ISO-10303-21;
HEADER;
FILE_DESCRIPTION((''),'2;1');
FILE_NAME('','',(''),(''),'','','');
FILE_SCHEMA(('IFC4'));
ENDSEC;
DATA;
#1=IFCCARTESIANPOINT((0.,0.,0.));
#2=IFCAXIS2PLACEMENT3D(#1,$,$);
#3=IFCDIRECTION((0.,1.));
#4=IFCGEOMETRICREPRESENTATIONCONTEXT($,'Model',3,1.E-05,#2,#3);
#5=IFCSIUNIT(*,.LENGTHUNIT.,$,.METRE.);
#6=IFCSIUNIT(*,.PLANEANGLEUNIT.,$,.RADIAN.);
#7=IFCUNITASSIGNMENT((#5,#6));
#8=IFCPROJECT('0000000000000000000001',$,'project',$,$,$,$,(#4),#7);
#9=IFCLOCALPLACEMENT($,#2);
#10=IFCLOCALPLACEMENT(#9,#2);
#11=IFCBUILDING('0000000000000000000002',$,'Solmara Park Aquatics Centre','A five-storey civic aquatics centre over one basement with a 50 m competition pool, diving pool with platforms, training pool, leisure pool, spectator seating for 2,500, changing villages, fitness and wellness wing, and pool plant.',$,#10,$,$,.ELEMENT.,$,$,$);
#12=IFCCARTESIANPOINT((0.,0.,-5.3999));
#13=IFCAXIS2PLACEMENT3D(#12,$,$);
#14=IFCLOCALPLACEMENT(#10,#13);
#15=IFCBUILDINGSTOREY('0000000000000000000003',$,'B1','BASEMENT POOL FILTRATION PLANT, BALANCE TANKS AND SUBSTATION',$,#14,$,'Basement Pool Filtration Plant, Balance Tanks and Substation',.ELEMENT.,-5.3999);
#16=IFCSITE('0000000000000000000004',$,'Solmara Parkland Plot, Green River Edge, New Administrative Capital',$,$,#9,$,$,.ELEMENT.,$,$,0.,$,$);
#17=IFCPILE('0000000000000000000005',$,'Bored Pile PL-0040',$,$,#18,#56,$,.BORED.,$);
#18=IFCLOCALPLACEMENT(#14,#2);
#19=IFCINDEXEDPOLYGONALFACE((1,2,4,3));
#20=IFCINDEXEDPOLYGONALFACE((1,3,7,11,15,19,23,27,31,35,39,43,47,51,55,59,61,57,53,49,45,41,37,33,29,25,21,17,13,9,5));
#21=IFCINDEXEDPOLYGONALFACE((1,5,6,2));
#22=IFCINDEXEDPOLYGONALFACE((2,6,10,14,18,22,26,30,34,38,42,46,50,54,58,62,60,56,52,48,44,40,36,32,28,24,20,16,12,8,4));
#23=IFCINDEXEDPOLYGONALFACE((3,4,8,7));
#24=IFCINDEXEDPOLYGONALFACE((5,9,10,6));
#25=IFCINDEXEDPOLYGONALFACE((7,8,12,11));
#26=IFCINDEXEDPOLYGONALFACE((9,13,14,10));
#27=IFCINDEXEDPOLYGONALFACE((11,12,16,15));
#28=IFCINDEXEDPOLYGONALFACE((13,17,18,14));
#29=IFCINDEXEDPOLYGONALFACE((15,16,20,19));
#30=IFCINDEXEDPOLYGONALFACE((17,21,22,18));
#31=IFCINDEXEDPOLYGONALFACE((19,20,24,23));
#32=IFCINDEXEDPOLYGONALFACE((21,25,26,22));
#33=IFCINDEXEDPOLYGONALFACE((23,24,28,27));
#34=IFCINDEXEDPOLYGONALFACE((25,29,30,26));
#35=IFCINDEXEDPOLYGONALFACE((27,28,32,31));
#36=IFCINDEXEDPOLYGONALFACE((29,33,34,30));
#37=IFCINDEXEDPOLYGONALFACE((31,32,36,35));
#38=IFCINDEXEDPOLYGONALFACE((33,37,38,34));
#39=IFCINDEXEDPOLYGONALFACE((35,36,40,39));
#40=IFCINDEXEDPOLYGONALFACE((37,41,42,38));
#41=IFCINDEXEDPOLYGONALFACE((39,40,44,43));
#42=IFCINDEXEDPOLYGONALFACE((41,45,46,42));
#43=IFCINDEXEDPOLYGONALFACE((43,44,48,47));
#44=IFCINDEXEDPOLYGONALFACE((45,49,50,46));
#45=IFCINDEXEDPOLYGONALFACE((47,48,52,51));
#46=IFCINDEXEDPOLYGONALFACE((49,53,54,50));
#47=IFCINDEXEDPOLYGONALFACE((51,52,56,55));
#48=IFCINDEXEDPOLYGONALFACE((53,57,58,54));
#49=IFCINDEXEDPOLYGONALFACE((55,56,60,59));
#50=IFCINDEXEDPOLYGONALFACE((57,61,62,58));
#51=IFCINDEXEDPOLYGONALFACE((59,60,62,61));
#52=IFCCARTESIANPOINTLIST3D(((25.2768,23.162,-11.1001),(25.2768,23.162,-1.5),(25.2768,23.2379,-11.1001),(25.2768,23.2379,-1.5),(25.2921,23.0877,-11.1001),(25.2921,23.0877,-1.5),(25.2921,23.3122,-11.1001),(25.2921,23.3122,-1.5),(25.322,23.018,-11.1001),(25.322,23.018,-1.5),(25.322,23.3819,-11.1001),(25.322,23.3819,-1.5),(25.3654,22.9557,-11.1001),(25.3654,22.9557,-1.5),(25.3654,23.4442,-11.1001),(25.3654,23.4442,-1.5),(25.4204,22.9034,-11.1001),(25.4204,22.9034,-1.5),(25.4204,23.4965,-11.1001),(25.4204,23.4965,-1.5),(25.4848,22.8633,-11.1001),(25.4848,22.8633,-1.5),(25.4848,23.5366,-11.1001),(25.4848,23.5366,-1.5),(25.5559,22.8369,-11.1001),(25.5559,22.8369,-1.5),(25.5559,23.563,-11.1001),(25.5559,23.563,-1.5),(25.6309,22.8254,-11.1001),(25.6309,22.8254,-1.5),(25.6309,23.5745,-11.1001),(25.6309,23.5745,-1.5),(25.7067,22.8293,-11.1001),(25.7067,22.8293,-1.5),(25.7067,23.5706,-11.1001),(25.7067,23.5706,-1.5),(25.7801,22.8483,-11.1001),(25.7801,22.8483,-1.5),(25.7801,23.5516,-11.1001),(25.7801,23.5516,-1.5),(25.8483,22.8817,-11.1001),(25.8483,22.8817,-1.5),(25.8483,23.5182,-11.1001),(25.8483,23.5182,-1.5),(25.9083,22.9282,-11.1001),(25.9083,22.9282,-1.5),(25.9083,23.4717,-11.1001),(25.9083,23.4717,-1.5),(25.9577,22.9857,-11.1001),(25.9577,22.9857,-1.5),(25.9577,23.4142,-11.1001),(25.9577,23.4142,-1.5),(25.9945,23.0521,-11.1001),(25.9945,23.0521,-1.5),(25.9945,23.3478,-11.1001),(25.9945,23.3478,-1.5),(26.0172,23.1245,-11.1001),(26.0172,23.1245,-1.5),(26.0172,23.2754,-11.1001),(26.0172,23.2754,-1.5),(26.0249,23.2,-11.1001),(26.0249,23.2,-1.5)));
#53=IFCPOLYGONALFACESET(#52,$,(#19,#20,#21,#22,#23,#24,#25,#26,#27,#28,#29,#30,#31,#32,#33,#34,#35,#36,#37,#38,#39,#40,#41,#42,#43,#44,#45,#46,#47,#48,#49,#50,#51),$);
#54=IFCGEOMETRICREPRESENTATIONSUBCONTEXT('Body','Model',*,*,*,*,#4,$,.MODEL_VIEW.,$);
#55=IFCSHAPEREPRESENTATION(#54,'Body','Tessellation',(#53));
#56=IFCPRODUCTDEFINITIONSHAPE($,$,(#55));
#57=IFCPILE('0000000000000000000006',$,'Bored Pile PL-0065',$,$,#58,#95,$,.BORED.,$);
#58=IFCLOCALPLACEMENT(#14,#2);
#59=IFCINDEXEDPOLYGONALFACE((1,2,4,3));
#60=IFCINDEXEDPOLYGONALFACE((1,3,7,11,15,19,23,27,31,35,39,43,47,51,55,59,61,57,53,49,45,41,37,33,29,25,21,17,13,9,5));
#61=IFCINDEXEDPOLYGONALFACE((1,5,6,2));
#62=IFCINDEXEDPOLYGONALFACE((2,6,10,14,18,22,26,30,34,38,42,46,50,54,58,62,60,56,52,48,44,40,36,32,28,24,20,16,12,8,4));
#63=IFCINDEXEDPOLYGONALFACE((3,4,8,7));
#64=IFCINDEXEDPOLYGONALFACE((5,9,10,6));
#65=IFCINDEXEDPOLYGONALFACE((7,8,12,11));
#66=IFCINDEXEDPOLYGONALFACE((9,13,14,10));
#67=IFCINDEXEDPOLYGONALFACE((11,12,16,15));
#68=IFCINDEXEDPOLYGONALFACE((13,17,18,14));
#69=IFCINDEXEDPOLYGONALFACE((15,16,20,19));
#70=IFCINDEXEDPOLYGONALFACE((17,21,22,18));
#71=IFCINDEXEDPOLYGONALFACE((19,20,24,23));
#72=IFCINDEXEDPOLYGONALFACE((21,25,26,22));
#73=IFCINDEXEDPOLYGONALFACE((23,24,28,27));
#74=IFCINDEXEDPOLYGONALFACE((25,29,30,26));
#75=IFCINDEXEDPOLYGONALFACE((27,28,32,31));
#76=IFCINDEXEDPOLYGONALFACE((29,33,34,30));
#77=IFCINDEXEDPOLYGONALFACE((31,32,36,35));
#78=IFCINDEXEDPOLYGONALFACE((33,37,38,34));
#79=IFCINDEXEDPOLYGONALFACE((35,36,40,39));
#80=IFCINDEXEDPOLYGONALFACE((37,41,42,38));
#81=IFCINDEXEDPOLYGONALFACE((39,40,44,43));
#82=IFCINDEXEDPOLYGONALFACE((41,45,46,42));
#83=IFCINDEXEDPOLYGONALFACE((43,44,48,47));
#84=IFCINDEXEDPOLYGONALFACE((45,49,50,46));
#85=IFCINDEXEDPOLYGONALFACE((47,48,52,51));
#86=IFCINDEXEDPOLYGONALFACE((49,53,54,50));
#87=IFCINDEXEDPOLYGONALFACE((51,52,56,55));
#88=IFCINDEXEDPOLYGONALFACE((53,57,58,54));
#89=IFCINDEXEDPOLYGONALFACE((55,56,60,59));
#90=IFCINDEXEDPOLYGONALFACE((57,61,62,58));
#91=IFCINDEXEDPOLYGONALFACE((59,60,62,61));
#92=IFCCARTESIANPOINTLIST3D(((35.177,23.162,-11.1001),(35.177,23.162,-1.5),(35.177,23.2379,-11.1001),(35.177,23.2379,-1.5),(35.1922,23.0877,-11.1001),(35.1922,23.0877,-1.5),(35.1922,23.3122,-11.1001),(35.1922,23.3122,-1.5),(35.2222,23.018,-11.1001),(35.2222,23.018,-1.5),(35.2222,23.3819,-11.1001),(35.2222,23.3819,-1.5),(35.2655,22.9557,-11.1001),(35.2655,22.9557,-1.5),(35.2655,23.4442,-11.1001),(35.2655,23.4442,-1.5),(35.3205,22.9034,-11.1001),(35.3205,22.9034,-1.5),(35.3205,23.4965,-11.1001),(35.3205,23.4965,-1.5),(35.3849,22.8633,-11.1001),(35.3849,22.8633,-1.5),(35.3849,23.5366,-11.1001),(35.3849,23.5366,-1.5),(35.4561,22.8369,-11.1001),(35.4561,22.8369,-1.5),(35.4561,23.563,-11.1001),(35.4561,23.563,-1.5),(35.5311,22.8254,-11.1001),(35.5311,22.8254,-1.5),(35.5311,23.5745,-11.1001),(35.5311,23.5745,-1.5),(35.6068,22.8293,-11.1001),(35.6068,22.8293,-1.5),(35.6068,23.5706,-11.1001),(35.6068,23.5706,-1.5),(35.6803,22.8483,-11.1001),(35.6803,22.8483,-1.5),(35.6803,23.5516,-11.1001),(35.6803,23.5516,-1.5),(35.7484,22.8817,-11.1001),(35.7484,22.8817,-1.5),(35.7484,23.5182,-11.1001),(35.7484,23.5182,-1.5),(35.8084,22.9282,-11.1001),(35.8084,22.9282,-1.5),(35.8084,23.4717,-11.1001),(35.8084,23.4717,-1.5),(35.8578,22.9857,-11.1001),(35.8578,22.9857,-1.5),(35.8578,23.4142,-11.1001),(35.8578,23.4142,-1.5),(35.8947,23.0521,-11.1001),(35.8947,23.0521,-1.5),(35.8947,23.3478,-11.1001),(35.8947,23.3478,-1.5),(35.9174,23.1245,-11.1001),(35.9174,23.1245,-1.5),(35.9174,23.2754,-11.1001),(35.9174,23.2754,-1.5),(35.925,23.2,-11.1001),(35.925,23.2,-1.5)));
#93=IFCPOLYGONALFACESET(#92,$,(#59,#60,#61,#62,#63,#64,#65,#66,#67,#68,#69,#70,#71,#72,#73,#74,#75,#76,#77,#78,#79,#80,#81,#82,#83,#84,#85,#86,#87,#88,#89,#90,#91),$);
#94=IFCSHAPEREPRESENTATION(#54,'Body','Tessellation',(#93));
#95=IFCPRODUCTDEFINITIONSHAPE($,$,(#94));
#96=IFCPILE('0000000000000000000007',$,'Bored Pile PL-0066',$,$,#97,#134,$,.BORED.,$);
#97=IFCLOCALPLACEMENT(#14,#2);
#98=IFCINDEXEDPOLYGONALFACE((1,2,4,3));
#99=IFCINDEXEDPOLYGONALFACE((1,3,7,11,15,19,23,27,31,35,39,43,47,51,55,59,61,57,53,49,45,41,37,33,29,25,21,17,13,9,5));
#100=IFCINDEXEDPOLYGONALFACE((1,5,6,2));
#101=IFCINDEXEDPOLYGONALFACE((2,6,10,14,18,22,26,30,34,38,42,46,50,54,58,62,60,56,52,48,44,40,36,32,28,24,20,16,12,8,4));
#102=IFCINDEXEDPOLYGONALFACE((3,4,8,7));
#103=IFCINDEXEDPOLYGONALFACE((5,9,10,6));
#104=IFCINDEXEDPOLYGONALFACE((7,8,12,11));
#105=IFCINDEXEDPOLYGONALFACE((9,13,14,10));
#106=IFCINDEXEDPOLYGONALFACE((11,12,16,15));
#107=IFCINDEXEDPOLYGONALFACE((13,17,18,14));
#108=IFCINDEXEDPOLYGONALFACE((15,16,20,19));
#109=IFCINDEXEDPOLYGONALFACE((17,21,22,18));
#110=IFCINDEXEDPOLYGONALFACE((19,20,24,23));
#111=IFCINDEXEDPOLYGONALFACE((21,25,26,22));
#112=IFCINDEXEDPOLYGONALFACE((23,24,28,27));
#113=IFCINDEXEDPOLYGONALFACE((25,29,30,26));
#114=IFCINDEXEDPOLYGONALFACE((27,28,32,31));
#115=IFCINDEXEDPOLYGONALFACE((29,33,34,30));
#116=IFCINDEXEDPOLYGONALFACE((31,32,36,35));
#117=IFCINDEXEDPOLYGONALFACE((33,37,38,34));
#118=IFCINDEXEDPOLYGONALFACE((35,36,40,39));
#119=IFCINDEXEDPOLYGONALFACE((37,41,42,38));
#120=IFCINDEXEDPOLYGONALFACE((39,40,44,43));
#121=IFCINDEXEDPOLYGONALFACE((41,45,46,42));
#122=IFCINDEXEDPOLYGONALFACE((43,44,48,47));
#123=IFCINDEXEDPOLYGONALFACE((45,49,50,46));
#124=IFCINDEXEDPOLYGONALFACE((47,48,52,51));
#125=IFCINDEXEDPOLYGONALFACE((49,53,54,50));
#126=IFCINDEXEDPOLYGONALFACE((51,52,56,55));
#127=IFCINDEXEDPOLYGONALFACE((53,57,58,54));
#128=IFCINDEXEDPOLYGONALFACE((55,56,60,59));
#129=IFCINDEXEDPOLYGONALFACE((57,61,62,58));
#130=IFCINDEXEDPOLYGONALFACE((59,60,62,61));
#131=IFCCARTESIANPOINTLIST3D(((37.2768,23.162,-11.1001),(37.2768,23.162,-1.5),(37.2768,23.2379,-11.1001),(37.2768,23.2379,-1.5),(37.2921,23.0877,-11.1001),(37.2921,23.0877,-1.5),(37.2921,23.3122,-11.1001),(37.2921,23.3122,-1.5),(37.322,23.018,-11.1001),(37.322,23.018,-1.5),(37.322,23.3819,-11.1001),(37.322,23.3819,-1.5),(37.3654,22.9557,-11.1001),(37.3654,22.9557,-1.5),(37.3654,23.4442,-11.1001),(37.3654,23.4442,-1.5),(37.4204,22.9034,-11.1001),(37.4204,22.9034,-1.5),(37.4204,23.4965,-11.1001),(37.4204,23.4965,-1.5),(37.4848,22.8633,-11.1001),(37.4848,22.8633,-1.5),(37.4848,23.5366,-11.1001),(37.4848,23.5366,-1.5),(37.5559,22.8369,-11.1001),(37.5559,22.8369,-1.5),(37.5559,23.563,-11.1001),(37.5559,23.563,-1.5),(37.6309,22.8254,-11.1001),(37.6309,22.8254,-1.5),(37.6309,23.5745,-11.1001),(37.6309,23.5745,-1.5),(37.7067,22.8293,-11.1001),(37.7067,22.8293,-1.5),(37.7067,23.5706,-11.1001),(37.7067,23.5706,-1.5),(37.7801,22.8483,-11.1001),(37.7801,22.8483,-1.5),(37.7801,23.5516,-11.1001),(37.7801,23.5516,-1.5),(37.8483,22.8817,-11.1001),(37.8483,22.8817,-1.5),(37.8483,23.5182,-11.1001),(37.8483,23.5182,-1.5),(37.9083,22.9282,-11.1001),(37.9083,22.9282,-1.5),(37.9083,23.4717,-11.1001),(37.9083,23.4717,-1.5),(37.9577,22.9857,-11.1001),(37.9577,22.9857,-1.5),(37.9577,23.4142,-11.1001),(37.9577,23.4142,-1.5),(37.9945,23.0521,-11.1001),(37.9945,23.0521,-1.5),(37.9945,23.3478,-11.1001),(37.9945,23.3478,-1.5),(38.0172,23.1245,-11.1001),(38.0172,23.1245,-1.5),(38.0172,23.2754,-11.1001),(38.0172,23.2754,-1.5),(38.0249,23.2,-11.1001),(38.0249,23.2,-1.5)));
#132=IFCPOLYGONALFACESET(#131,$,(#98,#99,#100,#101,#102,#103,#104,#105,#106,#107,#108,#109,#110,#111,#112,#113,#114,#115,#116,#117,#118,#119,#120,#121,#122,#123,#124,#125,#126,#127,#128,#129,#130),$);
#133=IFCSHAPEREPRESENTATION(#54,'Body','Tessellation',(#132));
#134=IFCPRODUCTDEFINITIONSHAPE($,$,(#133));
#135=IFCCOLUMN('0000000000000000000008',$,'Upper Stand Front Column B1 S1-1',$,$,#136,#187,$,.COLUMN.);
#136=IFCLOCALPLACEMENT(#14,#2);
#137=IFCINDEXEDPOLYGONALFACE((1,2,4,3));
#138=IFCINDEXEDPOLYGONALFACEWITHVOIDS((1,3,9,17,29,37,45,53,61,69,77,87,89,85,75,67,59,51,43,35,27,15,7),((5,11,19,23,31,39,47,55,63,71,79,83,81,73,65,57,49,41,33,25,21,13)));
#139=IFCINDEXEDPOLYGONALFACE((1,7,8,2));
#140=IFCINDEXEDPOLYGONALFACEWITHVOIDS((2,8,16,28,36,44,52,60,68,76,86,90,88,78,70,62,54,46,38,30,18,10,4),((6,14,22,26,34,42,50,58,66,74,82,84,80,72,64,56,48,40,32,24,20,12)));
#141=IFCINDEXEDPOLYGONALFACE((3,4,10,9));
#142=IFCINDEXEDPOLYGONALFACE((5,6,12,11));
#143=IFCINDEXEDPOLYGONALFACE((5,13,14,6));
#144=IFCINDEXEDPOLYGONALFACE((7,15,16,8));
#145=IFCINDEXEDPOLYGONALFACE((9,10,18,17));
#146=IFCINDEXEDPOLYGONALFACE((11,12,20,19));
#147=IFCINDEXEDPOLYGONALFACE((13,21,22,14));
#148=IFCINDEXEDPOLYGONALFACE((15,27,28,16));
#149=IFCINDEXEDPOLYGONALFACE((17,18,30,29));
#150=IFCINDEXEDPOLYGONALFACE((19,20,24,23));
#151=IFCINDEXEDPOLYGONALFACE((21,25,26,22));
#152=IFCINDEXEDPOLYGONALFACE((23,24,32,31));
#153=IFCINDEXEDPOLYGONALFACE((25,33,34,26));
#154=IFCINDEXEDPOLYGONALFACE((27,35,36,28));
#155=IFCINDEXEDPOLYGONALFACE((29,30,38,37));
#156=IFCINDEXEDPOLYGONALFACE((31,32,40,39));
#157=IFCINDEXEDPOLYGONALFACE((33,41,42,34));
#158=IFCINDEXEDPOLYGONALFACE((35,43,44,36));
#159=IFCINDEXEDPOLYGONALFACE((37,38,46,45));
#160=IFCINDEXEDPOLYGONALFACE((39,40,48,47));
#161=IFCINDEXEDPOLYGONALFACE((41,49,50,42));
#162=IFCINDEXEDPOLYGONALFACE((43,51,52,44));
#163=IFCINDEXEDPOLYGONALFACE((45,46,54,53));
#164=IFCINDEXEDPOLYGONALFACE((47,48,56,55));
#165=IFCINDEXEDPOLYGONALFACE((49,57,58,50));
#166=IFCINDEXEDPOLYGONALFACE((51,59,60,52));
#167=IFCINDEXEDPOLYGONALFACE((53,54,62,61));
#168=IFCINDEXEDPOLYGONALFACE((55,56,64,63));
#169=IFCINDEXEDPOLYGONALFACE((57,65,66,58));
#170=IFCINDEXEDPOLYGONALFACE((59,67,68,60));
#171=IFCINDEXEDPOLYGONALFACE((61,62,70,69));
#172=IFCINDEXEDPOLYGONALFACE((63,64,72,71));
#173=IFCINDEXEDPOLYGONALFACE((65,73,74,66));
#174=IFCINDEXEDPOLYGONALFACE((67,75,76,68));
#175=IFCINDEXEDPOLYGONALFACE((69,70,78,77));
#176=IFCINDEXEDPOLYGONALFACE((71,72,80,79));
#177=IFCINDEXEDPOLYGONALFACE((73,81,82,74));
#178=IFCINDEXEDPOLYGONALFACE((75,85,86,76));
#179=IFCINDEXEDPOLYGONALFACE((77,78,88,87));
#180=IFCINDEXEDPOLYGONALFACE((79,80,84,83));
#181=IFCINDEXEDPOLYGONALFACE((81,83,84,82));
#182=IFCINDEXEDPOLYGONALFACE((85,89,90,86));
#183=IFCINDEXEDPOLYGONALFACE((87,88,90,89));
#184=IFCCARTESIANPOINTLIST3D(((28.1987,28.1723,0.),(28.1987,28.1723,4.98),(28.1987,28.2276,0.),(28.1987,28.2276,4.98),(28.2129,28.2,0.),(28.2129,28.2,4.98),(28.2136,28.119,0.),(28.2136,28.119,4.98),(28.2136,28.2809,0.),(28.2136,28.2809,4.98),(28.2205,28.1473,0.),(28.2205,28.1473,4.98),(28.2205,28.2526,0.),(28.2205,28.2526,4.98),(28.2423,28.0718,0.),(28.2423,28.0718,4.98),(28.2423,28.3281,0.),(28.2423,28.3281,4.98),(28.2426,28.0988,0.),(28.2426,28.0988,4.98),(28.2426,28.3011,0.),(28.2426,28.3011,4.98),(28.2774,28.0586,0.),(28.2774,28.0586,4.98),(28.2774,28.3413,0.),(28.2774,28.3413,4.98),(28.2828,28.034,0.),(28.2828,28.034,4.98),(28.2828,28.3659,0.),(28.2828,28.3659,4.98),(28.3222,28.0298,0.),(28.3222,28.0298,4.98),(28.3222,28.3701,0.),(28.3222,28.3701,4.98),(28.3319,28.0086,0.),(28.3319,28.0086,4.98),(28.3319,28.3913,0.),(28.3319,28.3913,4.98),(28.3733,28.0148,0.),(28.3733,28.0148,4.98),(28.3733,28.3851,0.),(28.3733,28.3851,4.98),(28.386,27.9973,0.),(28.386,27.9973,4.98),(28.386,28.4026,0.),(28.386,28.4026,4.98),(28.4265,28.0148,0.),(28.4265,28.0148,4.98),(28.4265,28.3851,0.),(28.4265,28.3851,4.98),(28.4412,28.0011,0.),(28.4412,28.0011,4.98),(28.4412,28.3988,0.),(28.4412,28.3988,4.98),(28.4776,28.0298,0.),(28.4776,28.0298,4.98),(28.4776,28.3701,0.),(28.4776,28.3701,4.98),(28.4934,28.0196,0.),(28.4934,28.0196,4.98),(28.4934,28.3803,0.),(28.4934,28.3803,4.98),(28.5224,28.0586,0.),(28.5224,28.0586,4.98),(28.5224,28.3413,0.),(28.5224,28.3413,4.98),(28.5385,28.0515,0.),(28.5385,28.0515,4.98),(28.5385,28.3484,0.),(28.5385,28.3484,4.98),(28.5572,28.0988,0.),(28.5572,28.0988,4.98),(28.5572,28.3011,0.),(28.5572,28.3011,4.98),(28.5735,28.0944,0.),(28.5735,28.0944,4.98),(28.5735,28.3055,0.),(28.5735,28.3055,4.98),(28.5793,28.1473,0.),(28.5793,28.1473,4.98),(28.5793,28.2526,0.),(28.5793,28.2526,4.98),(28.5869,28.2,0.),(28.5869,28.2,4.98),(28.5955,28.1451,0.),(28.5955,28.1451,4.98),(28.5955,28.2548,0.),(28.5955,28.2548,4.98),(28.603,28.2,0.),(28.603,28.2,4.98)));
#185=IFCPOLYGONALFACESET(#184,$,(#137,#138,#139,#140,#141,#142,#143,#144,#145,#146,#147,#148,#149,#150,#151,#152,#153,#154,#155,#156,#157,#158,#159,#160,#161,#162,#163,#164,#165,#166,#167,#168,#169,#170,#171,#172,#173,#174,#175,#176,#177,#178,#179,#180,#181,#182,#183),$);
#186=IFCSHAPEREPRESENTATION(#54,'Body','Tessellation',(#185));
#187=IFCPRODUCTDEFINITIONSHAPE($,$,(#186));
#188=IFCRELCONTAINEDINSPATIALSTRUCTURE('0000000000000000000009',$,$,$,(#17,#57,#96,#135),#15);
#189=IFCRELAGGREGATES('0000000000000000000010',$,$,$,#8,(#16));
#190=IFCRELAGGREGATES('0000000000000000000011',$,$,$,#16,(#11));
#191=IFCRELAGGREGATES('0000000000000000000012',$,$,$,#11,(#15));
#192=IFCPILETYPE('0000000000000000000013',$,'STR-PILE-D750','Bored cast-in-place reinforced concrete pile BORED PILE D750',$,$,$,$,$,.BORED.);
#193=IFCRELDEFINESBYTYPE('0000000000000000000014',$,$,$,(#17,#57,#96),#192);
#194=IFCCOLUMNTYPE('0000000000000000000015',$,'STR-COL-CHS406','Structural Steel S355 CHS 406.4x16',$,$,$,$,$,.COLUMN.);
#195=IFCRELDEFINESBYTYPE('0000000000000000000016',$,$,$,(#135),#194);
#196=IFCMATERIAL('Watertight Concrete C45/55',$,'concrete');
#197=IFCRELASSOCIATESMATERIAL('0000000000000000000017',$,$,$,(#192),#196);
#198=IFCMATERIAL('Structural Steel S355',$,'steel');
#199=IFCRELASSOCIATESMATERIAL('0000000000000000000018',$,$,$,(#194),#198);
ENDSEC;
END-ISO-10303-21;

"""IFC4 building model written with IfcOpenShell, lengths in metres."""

from ifc_helpers import new_model, si_unit, direction, frame, origin, origin_2d, place, context, subcontext, project, spatial, circle, hollow_circle, extrude, material, material_profile, profile_set, type_object, element, save


model = new_model("IFC4")

# Units and contexts
model_context = context("Model", 3, precision=1e-05, world=origin(), true_north=direction((0.0, 1.0)))
body_context = subcontext(model_context, "Body", "Model", "MODEL_VIEW")
ifc_project = project(units=[si_unit("LENGTHUNIT", "METRE"), si_unit("PLANEANGLEUNIT", "RADIAN")], contexts=[model_context])

# Site, building, storey
site_placement = place(None, origin())
site = spatial("IfcSite", under=ifc_project, at=site_placement, Name="Solmara Parkland Plot, Green River Edge, New Administrative Capital", CompositionType="ELEMENT", RefElevation=0.0)
building_placement = place(site_placement, origin())
building = spatial("IfcBuilding", under=site, at=building_placement, Name="Solmara Park Aquatics Centre", Description="A five-storey civic aquatics centre over one basement with a 50 m competition pool, diving pool with platforms, training pool, leisure pool, spectator seating for 2,500, changing villages, fitness and wellness wing, and pool plant.", CompositionType="ELEMENT")
storey_placement = place(building_placement, frame((0.0, 0.0, -5.3999)))
storey = spatial("IfcBuildingStorey", under=building, at=storey_placement, Name="B1", Description="BASEMENT POOL FILTRATION PLANT, BALANCE TANKS AND SUBSTATION", LongName="Basement Pool Filtration Plant, Balance Tanks and Substation", CompositionType="ELEMENT", Elevation=-5.3999)

# Shared definitions
ifc_material_1 = material(Name="Watertight Concrete C45/55", Category="concrete")

# Piles
ifc_material_profile_1 = material_profile(ifc_material_1, circle(Radius=0.375, at=origin_2d()), Name="BORED PILE D750")
ifc_profile_set_1 = profile_set([ifc_material_profile_1], Name="Watertight Concrete C45/55")
pile_type_1 = type_object("IfcPileType", Name="STR-PILE-D750", Description="Bored cast-in-place reinforced concrete pile BORED PILE D750", PredefinedType="BORED", material=ifc_profile_set_1)
for number, where, z_axis, x_axis, name in (
    (1, (25.6499, 23.2, -1.5), (0.0, 0.0, -1.0), (1.0, 0.0, 0.0), "Bored Pile PL-0040"),
    (2, (35.55, 23.2, -1.5), (0.0, 0.0, -1.0), (1.0, 0.0, 0.0), "Bored Pile PL-0065"),
    (3, (37.6499, 23.2, -1.5), (0.0, 0.0, -1.0), (1.0, 0.0, 0.0), "Bored Pile PL-0066"),
):
    element("IfcPile", number, at=place(storey_placement, frame(where, z_axis=z_axis, x_axis=x_axis)), inside=storey, type_object=pile_type_1, Name=name, PredefinedType="BORED", context=body_context, shape_type="SweptSolid", body=[
        extrude(circle(Radius=0.375, at=origin_2d()), origin(), (0.0, 0.0, 1.0), 9.6001),
    ])

# Column
ifc_material_2 = material(Name="Structural Steel S355", Category="steel")
ifc_material_profile_2 = material_profile(ifc_material_2, hollow_circle(Radius=0.2031, WallThickness=0.0161, at=origin_2d()), Name="CHS 406.4x16")
ifc_profile_set_2 = profile_set([ifc_material_profile_2], Name="Structural Steel S355")
column_type_1 = type_object("IfcColumnType", Name="STR-COL-CHS406", Description="Structural Steel S355 CHS 406.4x16", PredefinedType="COLUMN", material=ifc_profile_set_2)
column_1_placement = place(storey_placement, frame((28.3999, 28.2, 0.0), z_axis=(0.0, 0.0, 1.0), x_axis=(1.0, 0.0, 0.0)))
element("IfcColumn", 4, at=column_1_placement, inside=storey, type_object=column_type_1, Name="Upper Stand Front Column B1 S1-1", PredefinedType="COLUMN", context=body_context, shape_type="SweptSolid", body=[
    extrude(hollow_circle(Radius=0.2031, WallThickness=0.0161, at=origin_2d()), origin(), (0.0, 0.0, 1.0), 4.98),
])

save(model, "model.ifc")
